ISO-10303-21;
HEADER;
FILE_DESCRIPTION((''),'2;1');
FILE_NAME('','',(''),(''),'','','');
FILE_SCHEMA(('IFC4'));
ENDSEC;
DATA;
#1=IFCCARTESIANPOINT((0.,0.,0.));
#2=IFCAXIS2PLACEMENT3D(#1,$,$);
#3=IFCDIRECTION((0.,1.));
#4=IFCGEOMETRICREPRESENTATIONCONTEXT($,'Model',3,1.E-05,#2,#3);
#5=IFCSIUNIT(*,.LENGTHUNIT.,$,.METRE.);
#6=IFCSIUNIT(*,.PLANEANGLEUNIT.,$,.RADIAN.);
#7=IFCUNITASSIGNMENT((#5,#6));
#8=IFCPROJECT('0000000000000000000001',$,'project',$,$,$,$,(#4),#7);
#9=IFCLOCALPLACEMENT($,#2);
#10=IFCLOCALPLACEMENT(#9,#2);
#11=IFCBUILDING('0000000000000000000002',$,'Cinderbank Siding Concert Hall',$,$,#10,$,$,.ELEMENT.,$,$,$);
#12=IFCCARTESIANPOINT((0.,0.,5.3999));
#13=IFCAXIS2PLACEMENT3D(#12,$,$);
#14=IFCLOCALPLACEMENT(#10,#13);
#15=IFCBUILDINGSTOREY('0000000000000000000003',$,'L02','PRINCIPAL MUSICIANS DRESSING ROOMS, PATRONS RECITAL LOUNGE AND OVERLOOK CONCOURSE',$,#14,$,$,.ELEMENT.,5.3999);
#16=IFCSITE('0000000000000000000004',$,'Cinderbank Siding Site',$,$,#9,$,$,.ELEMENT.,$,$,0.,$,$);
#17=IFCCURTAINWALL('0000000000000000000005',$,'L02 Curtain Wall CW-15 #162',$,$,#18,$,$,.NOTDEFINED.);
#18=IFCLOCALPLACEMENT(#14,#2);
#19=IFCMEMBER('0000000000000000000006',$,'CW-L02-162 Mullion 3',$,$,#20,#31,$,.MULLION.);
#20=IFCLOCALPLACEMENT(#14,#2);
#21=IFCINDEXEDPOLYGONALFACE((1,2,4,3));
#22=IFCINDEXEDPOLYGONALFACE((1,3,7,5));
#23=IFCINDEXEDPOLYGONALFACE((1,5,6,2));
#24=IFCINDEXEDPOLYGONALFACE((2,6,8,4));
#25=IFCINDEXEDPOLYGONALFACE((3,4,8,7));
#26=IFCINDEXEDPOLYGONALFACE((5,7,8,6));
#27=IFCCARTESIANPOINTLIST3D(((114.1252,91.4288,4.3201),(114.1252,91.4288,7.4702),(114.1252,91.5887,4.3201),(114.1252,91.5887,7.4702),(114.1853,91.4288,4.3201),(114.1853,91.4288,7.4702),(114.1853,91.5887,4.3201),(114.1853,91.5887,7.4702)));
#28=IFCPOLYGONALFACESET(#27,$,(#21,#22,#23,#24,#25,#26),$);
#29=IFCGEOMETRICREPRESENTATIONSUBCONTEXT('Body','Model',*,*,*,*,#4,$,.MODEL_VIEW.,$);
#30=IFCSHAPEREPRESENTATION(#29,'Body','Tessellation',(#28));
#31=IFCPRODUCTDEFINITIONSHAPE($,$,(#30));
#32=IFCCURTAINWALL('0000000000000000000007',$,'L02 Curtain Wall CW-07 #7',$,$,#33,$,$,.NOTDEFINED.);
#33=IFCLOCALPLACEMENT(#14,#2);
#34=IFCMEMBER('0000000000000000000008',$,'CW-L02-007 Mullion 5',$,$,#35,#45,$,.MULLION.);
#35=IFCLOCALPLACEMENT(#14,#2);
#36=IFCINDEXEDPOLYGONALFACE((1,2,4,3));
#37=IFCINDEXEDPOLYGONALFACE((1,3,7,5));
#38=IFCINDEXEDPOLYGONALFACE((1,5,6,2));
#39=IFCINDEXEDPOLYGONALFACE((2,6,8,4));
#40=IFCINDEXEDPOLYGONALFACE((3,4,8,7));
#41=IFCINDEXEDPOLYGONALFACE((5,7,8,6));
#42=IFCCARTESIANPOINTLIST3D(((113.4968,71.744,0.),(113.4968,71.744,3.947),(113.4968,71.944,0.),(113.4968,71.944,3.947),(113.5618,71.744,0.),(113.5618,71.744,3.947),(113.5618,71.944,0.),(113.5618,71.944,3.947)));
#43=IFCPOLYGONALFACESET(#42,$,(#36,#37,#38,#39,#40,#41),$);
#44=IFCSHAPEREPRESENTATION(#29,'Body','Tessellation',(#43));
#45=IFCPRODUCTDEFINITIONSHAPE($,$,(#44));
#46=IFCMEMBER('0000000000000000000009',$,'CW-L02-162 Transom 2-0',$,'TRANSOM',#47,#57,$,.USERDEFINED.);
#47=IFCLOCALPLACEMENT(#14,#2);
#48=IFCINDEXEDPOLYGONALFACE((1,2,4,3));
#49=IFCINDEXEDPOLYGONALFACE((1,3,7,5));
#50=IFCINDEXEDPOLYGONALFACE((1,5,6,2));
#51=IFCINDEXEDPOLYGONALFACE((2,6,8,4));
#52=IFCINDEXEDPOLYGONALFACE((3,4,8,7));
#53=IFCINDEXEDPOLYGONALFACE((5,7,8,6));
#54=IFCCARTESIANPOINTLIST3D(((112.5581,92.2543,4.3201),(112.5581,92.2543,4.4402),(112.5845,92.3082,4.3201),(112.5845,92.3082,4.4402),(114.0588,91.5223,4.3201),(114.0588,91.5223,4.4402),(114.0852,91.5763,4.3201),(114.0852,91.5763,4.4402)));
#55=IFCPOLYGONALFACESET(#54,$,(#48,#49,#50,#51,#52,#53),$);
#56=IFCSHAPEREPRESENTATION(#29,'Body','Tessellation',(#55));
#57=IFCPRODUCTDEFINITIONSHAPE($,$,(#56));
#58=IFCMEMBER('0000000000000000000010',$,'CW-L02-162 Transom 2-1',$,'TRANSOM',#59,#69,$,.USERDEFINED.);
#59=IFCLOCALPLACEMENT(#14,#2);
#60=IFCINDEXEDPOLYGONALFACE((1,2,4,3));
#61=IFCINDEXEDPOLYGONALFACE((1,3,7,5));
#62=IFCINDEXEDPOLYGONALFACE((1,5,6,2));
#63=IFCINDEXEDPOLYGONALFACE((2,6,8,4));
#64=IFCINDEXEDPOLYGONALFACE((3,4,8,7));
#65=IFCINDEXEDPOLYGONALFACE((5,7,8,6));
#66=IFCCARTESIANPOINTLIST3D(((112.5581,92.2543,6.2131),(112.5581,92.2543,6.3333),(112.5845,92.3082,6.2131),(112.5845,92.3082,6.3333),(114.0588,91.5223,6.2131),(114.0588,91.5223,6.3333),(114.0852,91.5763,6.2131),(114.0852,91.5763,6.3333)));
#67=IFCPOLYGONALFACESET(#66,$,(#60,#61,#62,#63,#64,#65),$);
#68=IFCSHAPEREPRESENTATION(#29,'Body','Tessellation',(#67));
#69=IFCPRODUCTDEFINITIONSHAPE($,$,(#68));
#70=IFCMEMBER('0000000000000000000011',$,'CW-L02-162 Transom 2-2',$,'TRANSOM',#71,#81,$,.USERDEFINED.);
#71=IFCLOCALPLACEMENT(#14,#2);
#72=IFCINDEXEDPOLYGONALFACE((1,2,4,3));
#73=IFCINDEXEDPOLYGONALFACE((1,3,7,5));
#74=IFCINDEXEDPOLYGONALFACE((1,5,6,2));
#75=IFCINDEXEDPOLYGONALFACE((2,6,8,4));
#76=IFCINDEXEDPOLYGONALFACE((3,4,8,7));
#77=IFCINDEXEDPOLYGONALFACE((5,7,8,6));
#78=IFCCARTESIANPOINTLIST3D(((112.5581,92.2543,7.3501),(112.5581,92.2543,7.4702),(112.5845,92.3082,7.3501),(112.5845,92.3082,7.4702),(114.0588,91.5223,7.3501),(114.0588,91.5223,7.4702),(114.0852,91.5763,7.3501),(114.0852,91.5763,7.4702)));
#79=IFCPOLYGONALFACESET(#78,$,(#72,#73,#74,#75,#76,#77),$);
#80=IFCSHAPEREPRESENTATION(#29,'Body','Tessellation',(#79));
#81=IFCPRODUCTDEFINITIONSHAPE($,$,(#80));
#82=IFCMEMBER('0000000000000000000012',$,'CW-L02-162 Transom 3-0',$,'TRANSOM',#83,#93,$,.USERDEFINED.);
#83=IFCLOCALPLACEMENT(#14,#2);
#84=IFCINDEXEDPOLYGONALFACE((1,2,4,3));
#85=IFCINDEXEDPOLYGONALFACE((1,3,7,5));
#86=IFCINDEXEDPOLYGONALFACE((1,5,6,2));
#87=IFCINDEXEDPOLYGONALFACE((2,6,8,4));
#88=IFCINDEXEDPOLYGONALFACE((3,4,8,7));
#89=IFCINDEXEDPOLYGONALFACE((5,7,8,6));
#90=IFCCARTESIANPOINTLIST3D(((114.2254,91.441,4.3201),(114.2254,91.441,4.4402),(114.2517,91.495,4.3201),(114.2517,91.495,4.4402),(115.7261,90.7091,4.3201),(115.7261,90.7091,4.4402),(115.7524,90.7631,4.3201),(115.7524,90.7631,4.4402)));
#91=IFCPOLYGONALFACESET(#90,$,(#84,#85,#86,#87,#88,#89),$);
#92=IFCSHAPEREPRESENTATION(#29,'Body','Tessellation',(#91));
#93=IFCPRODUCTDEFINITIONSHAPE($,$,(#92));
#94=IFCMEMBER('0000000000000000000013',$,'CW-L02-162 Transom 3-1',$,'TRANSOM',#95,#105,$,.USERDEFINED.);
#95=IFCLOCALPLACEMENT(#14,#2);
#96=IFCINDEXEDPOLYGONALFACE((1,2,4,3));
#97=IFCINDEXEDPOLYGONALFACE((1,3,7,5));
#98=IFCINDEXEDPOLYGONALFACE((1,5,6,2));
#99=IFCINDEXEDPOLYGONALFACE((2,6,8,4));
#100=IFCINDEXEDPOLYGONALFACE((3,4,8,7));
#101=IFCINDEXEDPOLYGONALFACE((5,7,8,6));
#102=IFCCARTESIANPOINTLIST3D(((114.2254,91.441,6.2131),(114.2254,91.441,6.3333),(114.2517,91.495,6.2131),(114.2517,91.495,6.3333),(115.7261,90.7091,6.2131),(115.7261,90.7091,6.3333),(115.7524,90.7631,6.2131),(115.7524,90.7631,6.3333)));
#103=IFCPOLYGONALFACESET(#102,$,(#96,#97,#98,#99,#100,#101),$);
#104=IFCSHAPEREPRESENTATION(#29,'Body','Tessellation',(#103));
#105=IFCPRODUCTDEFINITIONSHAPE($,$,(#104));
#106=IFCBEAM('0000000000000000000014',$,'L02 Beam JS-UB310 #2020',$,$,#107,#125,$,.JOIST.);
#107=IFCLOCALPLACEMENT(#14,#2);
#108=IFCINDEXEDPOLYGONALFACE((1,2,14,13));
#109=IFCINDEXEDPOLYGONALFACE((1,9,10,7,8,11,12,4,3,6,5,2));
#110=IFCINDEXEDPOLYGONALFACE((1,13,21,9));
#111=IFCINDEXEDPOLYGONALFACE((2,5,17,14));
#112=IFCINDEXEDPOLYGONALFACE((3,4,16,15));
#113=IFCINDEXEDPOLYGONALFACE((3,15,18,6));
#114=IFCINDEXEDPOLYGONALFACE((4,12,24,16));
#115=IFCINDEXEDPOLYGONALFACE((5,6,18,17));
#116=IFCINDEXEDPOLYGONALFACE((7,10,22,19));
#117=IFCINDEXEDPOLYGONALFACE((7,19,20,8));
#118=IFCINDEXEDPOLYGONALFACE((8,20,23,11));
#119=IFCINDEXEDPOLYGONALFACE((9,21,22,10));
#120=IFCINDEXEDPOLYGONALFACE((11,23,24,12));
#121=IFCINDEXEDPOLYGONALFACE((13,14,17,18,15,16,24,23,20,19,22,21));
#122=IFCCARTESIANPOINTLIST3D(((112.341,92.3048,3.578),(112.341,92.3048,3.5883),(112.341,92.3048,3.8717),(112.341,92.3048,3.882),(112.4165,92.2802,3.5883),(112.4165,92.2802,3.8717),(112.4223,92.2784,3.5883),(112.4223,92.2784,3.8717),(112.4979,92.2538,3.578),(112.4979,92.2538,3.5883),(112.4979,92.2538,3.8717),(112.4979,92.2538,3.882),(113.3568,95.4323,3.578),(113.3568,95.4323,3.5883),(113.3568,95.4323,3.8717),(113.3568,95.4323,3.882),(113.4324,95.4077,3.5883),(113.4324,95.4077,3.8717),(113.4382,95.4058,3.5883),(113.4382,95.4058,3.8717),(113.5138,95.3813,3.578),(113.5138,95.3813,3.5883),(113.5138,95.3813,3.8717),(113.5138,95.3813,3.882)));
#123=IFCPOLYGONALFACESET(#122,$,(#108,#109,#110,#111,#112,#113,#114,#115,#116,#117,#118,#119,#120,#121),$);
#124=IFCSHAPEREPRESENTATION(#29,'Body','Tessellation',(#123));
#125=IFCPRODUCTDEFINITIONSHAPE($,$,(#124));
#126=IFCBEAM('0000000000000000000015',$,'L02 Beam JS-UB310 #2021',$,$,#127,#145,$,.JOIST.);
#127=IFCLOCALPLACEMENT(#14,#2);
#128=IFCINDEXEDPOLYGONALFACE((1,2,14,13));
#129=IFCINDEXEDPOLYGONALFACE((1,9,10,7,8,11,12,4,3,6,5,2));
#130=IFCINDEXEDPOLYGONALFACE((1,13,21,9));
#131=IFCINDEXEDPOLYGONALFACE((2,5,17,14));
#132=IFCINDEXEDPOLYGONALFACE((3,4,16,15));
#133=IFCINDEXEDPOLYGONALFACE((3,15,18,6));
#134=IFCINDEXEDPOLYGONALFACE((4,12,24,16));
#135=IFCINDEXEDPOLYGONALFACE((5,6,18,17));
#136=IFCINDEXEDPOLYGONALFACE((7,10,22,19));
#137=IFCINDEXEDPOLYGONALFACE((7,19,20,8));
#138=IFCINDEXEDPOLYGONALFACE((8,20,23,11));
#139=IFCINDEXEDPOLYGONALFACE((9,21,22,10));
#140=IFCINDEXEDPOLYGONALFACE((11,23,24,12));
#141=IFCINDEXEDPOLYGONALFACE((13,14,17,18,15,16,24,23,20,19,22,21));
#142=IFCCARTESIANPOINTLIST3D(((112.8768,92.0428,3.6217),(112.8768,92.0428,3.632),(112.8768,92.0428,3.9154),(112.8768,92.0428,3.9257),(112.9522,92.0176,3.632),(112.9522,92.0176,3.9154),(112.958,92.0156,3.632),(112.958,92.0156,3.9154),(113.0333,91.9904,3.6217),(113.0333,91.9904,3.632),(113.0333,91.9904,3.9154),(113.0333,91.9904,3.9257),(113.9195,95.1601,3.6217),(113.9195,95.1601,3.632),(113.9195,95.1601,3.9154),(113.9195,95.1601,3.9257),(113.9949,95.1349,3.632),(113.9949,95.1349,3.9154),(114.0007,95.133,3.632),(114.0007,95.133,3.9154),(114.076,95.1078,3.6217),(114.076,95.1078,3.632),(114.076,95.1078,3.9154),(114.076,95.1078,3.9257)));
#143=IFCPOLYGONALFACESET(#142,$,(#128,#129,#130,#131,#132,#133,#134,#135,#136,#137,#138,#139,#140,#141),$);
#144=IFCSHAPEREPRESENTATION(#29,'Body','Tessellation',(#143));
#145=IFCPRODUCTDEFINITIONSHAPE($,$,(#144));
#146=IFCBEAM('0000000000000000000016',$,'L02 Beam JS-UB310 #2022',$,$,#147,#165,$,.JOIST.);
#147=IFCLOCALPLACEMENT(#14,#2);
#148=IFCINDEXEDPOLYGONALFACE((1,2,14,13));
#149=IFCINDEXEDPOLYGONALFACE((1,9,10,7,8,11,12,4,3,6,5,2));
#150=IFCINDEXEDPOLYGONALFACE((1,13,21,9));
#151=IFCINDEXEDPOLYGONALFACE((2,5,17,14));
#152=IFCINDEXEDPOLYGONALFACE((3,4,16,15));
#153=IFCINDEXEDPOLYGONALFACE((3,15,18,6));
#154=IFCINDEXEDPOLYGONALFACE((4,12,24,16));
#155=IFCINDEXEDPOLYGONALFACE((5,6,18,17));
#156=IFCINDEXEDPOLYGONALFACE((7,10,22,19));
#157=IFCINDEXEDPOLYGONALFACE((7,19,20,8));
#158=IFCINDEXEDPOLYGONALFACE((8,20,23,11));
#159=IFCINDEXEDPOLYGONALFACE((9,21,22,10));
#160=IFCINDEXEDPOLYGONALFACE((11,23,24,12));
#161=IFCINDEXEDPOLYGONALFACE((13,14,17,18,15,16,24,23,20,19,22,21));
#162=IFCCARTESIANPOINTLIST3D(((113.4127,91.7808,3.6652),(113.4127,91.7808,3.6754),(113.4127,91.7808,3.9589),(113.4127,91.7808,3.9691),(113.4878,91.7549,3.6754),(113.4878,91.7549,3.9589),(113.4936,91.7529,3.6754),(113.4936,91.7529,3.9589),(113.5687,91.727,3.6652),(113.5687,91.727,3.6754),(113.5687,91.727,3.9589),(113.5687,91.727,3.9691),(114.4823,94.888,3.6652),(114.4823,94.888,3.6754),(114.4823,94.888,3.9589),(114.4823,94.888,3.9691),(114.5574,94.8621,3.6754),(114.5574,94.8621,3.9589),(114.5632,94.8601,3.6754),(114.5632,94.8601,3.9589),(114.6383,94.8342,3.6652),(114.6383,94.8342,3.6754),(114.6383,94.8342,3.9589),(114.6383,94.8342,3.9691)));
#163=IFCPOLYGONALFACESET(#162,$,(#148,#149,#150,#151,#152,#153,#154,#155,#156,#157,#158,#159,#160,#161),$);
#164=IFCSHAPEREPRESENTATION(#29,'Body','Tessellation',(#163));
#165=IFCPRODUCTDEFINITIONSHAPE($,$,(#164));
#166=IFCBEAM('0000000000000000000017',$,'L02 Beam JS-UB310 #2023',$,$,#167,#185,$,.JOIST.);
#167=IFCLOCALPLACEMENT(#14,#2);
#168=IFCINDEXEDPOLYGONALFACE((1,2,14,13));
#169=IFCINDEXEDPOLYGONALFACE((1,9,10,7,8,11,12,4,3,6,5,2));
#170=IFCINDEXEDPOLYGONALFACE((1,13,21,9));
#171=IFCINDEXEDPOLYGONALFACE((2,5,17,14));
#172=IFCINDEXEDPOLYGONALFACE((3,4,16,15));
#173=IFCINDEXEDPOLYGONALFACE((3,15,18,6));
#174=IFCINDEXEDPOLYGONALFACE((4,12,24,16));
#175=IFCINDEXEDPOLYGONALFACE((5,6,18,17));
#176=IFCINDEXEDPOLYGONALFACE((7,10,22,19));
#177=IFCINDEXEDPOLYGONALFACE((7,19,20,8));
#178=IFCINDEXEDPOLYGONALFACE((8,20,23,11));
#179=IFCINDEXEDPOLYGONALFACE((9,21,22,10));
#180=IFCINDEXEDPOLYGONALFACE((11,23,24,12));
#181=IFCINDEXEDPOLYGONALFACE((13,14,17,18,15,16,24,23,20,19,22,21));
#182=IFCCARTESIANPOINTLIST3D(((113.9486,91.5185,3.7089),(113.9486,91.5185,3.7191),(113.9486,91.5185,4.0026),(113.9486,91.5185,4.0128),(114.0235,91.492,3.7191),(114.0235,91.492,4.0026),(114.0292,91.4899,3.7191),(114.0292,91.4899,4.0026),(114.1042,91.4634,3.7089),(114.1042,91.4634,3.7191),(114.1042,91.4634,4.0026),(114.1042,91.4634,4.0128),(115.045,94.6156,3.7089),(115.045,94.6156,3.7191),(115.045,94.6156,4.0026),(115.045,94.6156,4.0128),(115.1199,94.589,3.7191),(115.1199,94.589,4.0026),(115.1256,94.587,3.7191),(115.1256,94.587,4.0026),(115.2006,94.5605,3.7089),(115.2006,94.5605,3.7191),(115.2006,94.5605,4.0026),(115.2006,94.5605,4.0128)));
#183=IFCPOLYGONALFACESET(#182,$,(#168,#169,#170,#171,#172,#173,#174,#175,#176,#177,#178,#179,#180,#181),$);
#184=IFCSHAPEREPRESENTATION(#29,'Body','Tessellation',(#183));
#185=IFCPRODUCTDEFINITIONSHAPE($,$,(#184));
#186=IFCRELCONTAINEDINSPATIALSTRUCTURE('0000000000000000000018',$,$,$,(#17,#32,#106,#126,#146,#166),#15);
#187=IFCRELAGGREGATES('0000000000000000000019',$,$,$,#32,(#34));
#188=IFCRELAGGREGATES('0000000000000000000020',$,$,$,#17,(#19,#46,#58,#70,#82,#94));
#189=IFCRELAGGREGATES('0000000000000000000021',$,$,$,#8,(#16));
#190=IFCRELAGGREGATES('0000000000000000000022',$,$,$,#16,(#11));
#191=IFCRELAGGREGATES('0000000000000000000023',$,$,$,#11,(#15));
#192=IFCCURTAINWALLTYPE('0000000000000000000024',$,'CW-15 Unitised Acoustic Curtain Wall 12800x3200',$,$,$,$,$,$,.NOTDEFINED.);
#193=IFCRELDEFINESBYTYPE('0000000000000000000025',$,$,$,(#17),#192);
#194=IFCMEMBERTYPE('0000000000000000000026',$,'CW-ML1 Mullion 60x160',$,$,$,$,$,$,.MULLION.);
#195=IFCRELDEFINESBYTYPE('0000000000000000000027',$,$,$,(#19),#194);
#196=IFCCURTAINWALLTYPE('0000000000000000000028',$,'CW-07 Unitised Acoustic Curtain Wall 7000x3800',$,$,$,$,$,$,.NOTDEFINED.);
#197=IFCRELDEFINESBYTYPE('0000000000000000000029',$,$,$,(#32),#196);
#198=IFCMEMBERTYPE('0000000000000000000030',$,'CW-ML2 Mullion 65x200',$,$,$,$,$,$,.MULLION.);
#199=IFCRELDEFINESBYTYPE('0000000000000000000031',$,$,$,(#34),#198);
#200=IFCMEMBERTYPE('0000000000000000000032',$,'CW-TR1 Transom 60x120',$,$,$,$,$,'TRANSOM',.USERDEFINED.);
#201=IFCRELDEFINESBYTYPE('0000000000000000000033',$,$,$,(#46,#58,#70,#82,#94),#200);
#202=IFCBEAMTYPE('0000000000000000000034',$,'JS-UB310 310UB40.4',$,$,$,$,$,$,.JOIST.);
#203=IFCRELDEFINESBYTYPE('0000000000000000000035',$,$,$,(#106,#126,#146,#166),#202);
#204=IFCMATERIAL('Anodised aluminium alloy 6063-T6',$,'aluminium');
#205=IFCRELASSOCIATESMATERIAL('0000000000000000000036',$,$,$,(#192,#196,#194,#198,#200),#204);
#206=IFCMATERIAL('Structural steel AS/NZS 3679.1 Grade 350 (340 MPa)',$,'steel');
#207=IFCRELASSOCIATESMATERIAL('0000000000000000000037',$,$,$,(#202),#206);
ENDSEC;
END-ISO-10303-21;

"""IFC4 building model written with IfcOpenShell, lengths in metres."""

from ifc_helpers import new_model, si_unit, direction, frame, origin, origin_2d, place, context, subcontext, project, spatial, rectangle, i_section, extrude, material, material_profile, profile_set, type_object, element, aggregate, save


model = new_model("IFC4")

# Units and contexts
model_context = context("Model", 3, precision=1e-05, world=origin(), true_north=direction((0.0, 1.0)))
body_context = subcontext(model_context, "Body", "Model", "MODEL_VIEW")
ifc_project = project(units=[si_unit("LENGTHUNIT", "METRE"), si_unit("PLANEANGLEUNIT", "RADIAN")], contexts=[model_context])

# Site, building, storey
site_placement = place(None, origin())
site = spatial("IfcSite", under=ifc_project, at=site_placement, Name="Cinderbank Siding Site", CompositionType="ELEMENT", RefElevation=0.0)
building_placement = place(site_placement, origin())
building = spatial("IfcBuilding", under=site, at=building_placement, Name="Cinderbank Siding Concert Hall", CompositionType="ELEMENT")
storey_placement = place(building_placement, frame((0.0, 0.0, 5.3999)))
storey = spatial("IfcBuildingStorey", under=building, at=storey_placement, Name="L02", Description="PRINCIPAL MUSICIANS DRESSING ROOMS, PATRONS RECITAL LOUNGE AND OVERLOOK CONCOURSE", CompositionType="ELEMENT", Elevation=5.3999)

# Curtain wall, member
ifc_material_1 = material(Name="Anodised aluminium alloy 6063-T6", Category="aluminium")
curtain_wall_type_1 = type_object("IfcCurtainWallType", Name="CW-15 Unitised Acoustic Curtain Wall 12800x3200", PredefinedType="NOTDEFINED", material=ifc_material_1)
curtain_wall_1_placement = place(storey_placement, origin())
curtain_wall_1 = element("IfcCurtainWall", 1, at=curtain_wall_1_placement, inside=storey, type_object=curtain_wall_type_1, Name="L02 Curtain Wall CW-15 #162", PredefinedType="NOTDEFINED")
ifc_material_profile_1 = material_profile(ifc_material_1, rectangle(XDim=0.0601, YDim=0.1599, at=origin_2d()), Name="ALU-MULL-60x160", Category="LoadBearing")
ifc_profile_set_1 = profile_set([ifc_material_profile_1], Name="Anodised aluminium alloy 6063-T6")
member_type_1 = type_object("IfcMemberType", Name="CW-ML1 Mullion 60x160", PredefinedType="MULLION", material=ifc_profile_set_1)
member_1_placement = place(storey_placement, frame((114.1553, 91.5088, 4.3201), z_axis=(0.0, 0.0, 1.0), x_axis=(1.0, 0.0, 0.0)))
member_1 = element("IfcMember", 2, at=member_1_placement, type_object=member_type_1, Name="CW-L02-162 Mullion 3", PredefinedType="MULLION", context=body_context, shape_type="SweptSolid", body=[
    extrude(rectangle(XDim=0.0601, YDim=0.1599, at=origin_2d()), origin(), (0.0, 0.0, 1.0), 3.1501),
])

# Curtain wall, member
curtain_wall_type_2 = type_object("IfcCurtainWallType", Name="CW-07 Unitised Acoustic Curtain Wall 7000x3800", PredefinedType="NOTDEFINED", material=ifc_material_1)
curtain_wall_2_placement = place(storey_placement, origin())
curtain_wall_2 = element("IfcCurtainWall", 3, at=curtain_wall_2_placement, inside=storey, type_object=curtain_wall_type_2, Name="L02 Curtain Wall CW-07 #7", PredefinedType="NOTDEFINED")
ifc_material_profile_2 = material_profile(ifc_material_1, rectangle(XDim=0.0649, YDim=0.2, at=origin_2d()), Name="ALU-MULL-65x200", Category="LoadBearing")
ifc_profile_set_2 = profile_set([ifc_material_profile_2], Name="Anodised aluminium alloy 6063-T6")
member_type_2 = type_object("IfcMemberType", Name="CW-ML2 Mullion 65x200", PredefinedType="MULLION", material=ifc_profile_set_2)
member_2_placement = place(storey_placement, frame((113.5293, 71.844, 0.0), z_axis=(0.0, 0.0, 1.0), x_axis=(1.0, 0.0, 0.0)))
member_2 = element("IfcMember", 4, at=member_2_placement, type_object=member_type_2, Name="CW-L02-007 Mullion 5", PredefinedType="MULLION", context=body_context, shape_type="SweptSolid", body=[
    extrude(rectangle(XDim=0.0649, YDim=0.2, at=origin_2d()), origin(), (0.0, 0.0, 1.0), 3.947),
])
aggregate(curtain_wall_2, [member_2])

# Members
ifc_material_profile_3 = material_profile(ifc_material_1, rectangle(XDim=0.0601, YDim=0.1201, at=origin_2d()), Name="ALU-TRAN-60x120", Category="LoadBearing")
ifc_profile_set_3 = profile_set([ifc_material_profile_3], Name="Anodised aluminium alloy 6063-T6")
member_type_3 = type_object("IfcMemberType", Name="CW-TR1 Transom 60x120", ElementType="TRANSOM", PredefinedType="USERDEFINED", material=ifc_profile_set_3)
member_3_placement = place(storey_placement, frame((112.5713, 92.2812, 4.3801), z_axis=(0.898799, -0.43836, 0.0), x_axis=(0.43836, 0.898799, 0.0)))
member_3 = element("IfcMember", 5, at=member_3_placement, type_object=member_type_3, Name="CW-L02-162 Transom 2-0", ObjectType="TRANSOM", PredefinedType="USERDEFINED", context=body_context, shape_type="SweptSolid", body=[
    extrude(rectangle(XDim=0.0601, YDim=0.1201, at=origin_2d()), origin(), (0.0, 0.0, 1.0), 1.6697),
])
member_4_placement = place(storey_placement, frame((112.5713, 92.2812, 6.2732), z_axis=(0.898799, -0.43836, 0.0), x_axis=(0.43836, 0.898799, 0.0)))
member_4 = element("IfcMember", 6, at=member_4_placement, type_object=member_type_3, Name="CW-L02-162 Transom 2-1", ObjectType="TRANSOM", PredefinedType="USERDEFINED", context=body_context, shape_type="SweptSolid", body=[
    extrude(rectangle(XDim=0.0601, YDim=0.1201, at=origin_2d()), origin(), (0.0, 0.0, 1.0), 1.6697),
])
member_5_placement = place(storey_placement, frame((112.5713, 92.2812, 7.4102), z_axis=(0.898799, -0.43836, 0.0), x_axis=(0.43836, 0.898799, 0.0)))
member_5 = element("IfcMember", 7, at=member_5_placement, type_object=member_type_3, Name="CW-L02-162 Transom 2-2", ObjectType="TRANSOM", PredefinedType="USERDEFINED", context=body_context, shape_type="SweptSolid", body=[
    extrude(rectangle(XDim=0.0601, YDim=0.1201, at=origin_2d()), origin(), (0.0, 0.0, 1.0), 1.6697),
])
member_6_placement = place(storey_placement, frame((114.2385, 91.468, 4.3801), z_axis=(0.898799, -0.43836, 0.0), x_axis=(0.43836, 0.898799, 0.0)))
member_6 = element("IfcMember", 8, at=member_6_placement, type_object=member_type_3, Name="CW-L02-162 Transom 3-0", ObjectType="TRANSOM", PredefinedType="USERDEFINED", context=body_context, shape_type="SweptSolid", body=[
    extrude(rectangle(XDim=0.0601, YDim=0.1201, at=origin_2d()), origin(), (0.0, 0.0, 1.0), 1.6697),
])
member_7_placement = place(storey_placement, frame((114.2385, 91.468, 6.2732), z_axis=(0.898799, -0.43836, 0.0), x_axis=(0.43836, 0.898799, 0.0)))
member_7 = element("IfcMember", 9, at=member_7_placement, type_object=member_type_3, Name="CW-L02-162 Transom 3-1", ObjectType="TRANSOM", PredefinedType="USERDEFINED", context=body_context, shape_type="SweptSolid", body=[
    extrude(rectangle(XDim=0.0601, YDim=0.1201, at=origin_2d()), origin(), (0.0, 0.0, 1.0), 1.6697),
])

# Beams
ifc_material_2 = material(Name="Structural steel AS/NZS 3679.1 Grade 350 (340 MPa)", Category="steel")
ifc_material_profile_4 = material_profile(ifc_material_2, i_section(OverallWidth=0.165, OverallDepth=0.304, WebThickness=0.0061, FlangeThickness=0.0103, at=origin_2d()), Name="310UB40.4", Category="LoadBearing")
ifc_profile_set_4 = profile_set([ifc_material_profile_4], Name="Structural steel AS/NZS 3679.1 Grade 350 (340 MPa)")
beam_type = type_object("IfcBeamType", Name="JS-UB310 310UB40.4", PredefinedType="JOIST", material=ifc_profile_set_4)
beam_1_placement = place(storey_placement, frame((112.4194, 92.2793, 3.73), z_axis=(0.308935, 0.951083, 0.0), x_axis=(-0.951083, 0.308935, 0.0)))
element("IfcBeam", 10, at=beam_1_placement, inside=storey, type_object=beam_type, Name="L02 Beam JS-UB310 #2020", PredefinedType="JOIST", context=body_context, shape_type="SweptSolid", body=[
    extrude(i_section(OverallWidth=0.165, OverallDepth=0.304, WebThickness=0.0061, FlangeThickness=0.0103, at=origin_2d()), origin(), (0.0, 0.0, 1.0), 3.2883),
])
beam_2_placement = place(storey_placement, frame((112.9551, 92.0166, 3.7737), z_axis=(0.317208, 0.948356, 0.0), x_axis=(-0.948356, 0.317208, 0.0)))
element("IfcBeam", 11, at=beam_2_placement, inside=storey, type_object=beam_type, Name="L02 Beam JS-UB310 #2021", PredefinedType="JOIST", context=body_context, shape_type="SweptSolid", body=[
    extrude(i_section(OverallWidth=0.165, OverallDepth=0.304, WebThickness=0.0061, FlangeThickness=0.0103, at=origin_2d()), origin(), (0.0, 0.0, 1.0), 3.2871),
])
beam_3_placement = place(storey_placement, frame((113.4907, 91.7539, 3.8171), z_axis=(0.325485, 0.945547, 0.0), x_axis=(-0.945547, 0.325485, 0.0)))
element("IfcBeam", 12, at=beam_3_placement, inside=storey, type_object=beam_type, Name="L02 Beam JS-UB310 #2022", PredefinedType="JOIST", context=body_context, shape_type="SweptSolid", body=[
    extrude(i_section(OverallWidth=0.165, OverallDepth=0.304, WebThickness=0.0061, FlangeThickness=0.0103, at=origin_2d()), origin(), (0.0, 0.0, 1.0), 3.2861),
])
beam_4_placement = place(storey_placement, frame((114.0264, 91.491, 3.8608), z_axis=(0.333718, 0.942673, 0.0), x_axis=(-0.942673, 0.333718, 0.0)))
element("IfcBeam", 13, at=beam_4_placement, inside=storey, type_object=beam_type, Name="L02 Beam JS-UB310 #2023", PredefinedType="JOIST", context=body_context, shape_type="SweptSolid", body=[
    extrude(i_section(OverallWidth=0.165, OverallDepth=0.304, WebThickness=0.0061, FlangeThickness=0.0103, at=origin_2d()), origin(), (0.0, 0.0, 1.0), 3.2854),
])

aggregate(curtain_wall_1, [member_1, member_3, member_4, member_5, member_6, member_7])

save(model, "model.ifc")
